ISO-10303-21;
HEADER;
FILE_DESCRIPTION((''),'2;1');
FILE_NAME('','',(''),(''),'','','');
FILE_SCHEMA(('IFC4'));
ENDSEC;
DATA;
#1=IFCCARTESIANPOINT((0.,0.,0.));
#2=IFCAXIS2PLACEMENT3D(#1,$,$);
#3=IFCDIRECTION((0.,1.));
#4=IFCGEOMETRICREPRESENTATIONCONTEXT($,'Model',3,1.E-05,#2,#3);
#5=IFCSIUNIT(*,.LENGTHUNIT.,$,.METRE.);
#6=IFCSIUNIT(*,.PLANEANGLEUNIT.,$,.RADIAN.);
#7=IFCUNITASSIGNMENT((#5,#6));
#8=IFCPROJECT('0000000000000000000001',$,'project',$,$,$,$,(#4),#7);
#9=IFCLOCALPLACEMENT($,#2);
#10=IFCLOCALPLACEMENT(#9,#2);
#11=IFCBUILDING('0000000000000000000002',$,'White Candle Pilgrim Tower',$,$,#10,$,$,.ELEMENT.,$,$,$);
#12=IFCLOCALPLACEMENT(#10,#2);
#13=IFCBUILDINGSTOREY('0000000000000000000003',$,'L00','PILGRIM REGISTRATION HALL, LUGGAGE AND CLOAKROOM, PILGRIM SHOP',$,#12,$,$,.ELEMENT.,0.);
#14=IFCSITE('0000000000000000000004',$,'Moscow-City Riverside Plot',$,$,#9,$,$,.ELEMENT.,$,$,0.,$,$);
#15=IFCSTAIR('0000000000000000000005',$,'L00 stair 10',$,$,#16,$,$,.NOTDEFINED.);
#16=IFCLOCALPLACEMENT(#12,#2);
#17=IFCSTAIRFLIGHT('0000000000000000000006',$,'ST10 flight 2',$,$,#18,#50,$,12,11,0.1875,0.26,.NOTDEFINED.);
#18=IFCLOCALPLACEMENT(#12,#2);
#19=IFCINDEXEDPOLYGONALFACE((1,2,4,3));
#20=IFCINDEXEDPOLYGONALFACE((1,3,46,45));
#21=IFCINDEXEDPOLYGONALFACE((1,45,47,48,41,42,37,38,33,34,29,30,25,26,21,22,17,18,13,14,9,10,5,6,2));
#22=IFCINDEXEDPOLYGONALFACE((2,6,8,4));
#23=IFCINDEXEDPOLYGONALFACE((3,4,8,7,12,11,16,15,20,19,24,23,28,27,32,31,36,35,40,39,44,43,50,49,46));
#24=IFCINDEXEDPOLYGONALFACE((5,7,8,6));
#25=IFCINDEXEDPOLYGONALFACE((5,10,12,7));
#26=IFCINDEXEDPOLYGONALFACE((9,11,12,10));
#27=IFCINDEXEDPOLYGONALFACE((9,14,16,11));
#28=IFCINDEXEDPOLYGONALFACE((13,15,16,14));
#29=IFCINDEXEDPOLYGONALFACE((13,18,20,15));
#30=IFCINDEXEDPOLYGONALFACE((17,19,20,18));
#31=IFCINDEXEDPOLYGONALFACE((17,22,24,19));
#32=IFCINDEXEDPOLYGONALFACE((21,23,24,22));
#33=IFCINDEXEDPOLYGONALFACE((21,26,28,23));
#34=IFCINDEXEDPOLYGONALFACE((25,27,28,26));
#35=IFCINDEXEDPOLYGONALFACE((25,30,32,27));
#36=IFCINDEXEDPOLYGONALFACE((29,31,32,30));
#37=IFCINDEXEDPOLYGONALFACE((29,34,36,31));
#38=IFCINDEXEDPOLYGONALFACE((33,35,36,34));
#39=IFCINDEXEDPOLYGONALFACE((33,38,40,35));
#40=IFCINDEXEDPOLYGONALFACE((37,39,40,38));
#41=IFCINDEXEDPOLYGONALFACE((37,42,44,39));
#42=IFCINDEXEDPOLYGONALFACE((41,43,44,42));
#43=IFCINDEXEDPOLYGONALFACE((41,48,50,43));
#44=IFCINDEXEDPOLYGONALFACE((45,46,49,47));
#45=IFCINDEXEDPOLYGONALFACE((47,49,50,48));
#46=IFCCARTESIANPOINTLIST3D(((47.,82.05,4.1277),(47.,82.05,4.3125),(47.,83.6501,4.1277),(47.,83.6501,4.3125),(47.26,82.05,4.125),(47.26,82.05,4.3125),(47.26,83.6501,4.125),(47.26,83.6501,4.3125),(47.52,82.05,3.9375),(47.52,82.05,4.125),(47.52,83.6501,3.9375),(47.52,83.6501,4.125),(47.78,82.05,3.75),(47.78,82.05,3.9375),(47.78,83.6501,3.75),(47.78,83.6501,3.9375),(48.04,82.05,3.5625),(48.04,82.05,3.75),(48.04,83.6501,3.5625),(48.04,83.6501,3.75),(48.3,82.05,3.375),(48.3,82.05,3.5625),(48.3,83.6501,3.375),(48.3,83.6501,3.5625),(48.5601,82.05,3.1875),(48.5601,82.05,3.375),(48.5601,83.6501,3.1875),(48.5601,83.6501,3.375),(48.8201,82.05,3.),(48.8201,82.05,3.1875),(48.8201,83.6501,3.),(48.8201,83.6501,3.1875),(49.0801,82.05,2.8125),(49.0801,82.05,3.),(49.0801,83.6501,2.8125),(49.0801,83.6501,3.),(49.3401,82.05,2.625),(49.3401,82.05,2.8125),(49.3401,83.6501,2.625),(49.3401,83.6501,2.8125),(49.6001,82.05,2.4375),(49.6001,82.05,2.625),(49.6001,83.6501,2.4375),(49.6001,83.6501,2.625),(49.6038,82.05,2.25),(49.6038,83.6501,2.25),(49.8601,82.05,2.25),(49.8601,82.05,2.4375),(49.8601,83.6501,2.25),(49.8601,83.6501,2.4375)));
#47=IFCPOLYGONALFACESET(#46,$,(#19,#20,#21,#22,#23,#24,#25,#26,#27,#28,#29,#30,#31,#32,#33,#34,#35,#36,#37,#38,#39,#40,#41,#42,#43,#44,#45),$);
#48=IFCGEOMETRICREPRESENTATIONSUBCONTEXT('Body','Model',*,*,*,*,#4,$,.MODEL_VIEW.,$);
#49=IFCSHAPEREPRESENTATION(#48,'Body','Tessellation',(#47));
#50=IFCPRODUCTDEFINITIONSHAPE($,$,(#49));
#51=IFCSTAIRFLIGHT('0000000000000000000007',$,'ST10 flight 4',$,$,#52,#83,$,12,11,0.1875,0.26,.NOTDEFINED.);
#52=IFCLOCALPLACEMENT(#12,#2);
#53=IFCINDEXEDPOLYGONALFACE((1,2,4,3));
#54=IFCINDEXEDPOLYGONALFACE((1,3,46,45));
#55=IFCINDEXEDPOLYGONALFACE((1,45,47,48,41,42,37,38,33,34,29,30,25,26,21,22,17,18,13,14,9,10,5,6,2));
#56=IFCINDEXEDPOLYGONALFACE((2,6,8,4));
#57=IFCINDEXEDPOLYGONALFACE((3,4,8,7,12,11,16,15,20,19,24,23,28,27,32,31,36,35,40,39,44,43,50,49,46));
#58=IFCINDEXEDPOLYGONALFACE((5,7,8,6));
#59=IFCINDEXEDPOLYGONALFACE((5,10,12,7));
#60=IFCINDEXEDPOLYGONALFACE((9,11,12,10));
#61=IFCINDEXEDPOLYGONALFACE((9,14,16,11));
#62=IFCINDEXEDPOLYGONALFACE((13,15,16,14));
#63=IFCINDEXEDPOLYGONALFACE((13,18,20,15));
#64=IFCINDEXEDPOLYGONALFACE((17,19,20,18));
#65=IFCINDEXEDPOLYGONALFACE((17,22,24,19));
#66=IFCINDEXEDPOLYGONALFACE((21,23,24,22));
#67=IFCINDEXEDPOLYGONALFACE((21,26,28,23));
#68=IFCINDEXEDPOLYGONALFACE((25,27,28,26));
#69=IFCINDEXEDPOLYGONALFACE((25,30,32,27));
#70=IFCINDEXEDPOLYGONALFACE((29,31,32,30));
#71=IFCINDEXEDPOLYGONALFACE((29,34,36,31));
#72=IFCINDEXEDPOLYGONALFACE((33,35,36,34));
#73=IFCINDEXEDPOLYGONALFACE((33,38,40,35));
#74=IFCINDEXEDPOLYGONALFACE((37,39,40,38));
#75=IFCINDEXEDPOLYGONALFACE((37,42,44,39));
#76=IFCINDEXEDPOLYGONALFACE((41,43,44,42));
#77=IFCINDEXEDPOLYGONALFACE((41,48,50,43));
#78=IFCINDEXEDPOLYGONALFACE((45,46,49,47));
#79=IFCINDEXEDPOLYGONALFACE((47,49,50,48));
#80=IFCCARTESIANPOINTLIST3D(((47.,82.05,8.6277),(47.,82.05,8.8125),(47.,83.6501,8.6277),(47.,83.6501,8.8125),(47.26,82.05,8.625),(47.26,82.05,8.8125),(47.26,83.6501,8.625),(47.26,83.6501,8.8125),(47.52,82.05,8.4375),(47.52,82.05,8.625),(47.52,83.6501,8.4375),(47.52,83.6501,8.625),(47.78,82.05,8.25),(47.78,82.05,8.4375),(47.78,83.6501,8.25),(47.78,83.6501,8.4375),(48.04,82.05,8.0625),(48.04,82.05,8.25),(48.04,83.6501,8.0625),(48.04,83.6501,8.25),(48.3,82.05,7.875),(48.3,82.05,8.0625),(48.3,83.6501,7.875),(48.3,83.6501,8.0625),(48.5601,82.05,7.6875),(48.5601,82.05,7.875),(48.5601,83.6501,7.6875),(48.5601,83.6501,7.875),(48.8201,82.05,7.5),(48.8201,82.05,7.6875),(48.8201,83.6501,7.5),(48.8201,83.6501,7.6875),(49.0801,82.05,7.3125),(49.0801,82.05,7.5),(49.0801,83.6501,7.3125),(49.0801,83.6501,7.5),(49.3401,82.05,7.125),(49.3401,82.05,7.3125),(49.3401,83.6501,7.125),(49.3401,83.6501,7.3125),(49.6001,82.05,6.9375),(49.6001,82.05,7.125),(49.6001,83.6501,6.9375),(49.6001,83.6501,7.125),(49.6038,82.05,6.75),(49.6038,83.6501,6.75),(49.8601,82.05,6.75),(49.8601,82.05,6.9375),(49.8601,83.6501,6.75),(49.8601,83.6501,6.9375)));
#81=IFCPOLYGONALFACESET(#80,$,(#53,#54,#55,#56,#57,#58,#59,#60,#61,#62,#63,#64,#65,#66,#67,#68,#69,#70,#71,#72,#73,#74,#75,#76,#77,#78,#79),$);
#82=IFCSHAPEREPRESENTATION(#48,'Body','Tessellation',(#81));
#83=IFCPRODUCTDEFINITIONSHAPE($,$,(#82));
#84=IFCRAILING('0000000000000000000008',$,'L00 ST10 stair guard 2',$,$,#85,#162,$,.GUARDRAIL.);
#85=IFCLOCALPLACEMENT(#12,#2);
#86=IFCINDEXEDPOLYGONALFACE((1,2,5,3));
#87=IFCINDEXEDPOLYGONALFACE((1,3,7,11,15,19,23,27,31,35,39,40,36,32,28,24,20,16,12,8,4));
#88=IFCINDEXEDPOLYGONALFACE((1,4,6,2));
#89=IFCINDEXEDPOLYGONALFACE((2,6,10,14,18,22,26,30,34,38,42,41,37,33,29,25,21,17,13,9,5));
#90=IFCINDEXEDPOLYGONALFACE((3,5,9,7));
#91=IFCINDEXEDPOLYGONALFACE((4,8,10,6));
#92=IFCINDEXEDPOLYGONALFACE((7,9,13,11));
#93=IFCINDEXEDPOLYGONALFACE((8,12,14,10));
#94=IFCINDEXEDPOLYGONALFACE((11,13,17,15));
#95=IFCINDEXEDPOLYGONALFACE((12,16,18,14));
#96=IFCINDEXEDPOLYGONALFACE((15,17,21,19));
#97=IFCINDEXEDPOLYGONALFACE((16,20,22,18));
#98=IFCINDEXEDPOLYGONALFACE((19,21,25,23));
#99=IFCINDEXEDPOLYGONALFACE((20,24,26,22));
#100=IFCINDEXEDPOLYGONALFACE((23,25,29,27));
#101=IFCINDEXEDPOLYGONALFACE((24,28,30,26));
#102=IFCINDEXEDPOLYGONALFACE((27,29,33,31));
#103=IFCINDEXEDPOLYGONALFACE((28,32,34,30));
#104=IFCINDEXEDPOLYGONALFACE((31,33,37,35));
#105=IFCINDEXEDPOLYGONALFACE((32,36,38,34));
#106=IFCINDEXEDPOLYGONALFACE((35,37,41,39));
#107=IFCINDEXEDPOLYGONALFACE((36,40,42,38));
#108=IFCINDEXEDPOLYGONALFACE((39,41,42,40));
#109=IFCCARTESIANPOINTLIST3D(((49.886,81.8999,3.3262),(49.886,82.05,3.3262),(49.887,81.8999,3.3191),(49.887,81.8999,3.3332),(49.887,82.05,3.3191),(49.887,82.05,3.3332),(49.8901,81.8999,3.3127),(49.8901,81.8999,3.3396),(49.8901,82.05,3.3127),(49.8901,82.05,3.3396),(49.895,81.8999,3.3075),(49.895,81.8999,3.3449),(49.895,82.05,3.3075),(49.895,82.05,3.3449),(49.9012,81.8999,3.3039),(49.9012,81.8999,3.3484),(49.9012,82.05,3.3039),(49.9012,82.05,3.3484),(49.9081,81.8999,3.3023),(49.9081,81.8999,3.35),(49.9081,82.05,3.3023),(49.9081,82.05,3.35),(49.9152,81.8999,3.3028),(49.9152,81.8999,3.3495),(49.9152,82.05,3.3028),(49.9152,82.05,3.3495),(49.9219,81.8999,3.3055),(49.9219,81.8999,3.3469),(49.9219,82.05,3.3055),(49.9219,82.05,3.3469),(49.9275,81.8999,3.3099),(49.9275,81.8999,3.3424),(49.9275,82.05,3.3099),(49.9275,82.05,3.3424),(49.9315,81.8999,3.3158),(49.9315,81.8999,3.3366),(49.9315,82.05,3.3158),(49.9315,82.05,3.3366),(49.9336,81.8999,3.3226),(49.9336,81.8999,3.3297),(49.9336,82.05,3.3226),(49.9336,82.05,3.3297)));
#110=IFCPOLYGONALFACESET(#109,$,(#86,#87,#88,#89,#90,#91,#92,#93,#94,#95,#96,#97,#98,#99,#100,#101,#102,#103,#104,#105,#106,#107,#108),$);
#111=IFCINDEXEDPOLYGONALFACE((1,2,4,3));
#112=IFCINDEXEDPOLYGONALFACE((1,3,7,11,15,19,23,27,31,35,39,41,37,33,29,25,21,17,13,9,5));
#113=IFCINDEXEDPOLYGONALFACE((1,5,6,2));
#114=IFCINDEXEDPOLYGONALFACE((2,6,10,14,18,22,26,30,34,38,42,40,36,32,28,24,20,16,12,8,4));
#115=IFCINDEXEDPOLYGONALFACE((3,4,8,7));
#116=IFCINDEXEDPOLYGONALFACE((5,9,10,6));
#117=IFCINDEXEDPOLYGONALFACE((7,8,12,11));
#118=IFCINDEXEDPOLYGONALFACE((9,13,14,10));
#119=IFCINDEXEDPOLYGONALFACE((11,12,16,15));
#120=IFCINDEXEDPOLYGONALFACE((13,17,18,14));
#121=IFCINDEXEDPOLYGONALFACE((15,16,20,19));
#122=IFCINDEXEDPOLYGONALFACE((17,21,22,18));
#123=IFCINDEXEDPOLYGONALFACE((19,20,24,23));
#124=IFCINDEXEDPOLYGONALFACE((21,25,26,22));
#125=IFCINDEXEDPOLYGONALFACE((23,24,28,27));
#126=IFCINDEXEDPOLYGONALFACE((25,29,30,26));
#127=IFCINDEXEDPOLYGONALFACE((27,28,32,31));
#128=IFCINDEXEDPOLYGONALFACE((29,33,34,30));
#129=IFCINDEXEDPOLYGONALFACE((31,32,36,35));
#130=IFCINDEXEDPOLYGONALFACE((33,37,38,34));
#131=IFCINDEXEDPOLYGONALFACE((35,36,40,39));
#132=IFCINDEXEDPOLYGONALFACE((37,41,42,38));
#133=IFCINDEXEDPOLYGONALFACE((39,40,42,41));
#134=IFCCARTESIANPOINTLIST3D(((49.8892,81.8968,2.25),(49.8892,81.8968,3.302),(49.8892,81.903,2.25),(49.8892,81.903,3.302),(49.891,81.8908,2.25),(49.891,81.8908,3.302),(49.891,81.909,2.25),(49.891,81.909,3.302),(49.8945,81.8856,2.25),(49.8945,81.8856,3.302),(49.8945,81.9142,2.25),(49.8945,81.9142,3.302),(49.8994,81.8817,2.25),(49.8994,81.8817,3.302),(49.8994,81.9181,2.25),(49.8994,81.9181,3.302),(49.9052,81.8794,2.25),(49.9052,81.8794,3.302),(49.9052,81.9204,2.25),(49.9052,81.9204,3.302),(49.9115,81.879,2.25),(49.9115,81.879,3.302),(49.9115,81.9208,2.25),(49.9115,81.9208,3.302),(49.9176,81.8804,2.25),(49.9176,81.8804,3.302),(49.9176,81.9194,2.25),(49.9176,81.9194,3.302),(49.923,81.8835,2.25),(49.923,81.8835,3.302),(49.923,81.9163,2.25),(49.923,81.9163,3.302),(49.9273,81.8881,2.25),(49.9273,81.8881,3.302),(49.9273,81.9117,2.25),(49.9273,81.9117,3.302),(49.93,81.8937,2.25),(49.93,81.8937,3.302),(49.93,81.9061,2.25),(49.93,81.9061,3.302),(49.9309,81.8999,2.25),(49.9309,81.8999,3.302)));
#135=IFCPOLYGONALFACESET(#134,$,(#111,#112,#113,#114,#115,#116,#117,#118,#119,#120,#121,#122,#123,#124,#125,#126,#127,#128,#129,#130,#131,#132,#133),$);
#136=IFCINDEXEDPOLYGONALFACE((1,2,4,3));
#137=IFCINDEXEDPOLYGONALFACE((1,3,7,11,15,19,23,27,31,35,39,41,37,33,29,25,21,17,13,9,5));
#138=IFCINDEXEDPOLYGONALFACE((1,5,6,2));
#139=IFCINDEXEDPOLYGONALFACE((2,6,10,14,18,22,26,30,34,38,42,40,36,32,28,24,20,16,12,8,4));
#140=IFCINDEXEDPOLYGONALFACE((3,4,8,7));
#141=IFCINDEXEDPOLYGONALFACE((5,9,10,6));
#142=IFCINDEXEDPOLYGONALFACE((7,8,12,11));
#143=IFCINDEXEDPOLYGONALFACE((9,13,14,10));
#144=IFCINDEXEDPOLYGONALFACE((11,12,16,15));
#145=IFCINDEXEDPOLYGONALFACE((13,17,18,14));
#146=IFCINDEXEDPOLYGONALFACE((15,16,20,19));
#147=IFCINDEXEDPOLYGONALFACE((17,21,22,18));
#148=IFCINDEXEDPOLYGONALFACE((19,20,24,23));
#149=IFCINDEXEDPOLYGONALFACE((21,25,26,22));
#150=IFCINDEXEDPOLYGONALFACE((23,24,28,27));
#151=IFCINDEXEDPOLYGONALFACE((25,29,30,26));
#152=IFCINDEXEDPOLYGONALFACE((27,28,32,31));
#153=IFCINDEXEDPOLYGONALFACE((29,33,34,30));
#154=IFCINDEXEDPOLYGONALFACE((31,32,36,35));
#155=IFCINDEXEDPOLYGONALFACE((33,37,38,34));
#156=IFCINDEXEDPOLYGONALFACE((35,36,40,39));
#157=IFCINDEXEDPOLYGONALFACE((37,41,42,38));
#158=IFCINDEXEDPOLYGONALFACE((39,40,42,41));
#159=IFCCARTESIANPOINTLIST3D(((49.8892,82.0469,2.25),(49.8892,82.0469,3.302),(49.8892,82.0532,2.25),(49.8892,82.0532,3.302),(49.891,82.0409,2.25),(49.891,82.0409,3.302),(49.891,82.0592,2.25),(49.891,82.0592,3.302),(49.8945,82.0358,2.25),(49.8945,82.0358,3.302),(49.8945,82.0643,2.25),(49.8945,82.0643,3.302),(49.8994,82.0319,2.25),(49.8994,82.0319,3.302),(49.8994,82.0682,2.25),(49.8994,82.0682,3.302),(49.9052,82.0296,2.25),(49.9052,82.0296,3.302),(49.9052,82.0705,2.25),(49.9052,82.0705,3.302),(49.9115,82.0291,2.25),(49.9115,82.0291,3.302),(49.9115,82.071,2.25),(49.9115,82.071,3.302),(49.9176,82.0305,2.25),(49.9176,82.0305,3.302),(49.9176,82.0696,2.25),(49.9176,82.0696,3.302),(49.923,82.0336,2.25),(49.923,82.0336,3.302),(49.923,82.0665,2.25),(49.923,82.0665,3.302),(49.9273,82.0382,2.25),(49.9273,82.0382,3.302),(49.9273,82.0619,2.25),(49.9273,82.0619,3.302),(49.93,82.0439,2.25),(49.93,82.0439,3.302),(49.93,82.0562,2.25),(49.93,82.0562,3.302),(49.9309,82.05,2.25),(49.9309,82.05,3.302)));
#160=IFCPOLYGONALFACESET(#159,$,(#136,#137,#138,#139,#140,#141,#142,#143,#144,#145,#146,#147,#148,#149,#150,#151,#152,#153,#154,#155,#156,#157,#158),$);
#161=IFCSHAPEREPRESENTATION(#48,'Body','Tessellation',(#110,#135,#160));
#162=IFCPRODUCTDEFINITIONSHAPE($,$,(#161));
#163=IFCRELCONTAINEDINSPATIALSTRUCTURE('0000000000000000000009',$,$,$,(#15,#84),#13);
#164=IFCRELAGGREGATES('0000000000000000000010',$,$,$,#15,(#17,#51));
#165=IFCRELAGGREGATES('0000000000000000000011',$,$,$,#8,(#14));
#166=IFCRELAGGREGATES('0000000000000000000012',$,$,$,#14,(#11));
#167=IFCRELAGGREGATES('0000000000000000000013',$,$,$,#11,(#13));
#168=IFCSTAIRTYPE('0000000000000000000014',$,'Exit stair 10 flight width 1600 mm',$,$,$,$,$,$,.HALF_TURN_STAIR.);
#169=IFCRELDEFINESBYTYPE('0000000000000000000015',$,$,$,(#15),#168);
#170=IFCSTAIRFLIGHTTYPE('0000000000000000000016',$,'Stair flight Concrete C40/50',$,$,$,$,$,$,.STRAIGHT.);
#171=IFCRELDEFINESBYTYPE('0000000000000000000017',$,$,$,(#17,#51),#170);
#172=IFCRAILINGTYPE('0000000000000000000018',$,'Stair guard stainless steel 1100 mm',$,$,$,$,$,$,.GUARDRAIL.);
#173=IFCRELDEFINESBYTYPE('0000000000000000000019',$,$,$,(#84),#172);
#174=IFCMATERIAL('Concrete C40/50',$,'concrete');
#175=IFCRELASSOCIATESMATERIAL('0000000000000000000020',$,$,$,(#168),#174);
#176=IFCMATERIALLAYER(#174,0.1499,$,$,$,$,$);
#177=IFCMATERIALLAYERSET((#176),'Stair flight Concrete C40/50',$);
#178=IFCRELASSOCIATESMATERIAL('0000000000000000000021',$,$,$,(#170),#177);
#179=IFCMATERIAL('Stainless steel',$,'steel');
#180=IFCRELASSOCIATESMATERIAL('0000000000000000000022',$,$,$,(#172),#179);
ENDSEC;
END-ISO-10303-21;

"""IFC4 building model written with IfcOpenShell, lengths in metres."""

from ifc_helpers import new_model, si_unit, direction, frame, origin, origin_2d, place, context, subcontext, project, spatial, polyline, circle, outline, extrude, material, layer, layer_set, type_object, element, aggregate, save


model = new_model("IFC4")

# Units and contexts
model_context = context("Model", 3, precision=1e-05, world=origin(), true_north=direction((0.0, 1.0)))
body_context = subcontext(model_context, "Body", "Model", "MODEL_VIEW")
ifc_project = project(units=[si_unit("LENGTHUNIT", "METRE"), si_unit("PLANEANGLEUNIT", "RADIAN")], contexts=[model_context])

# Site, building, storey
site_placement = place(None, origin())
site = spatial("IfcSite", under=ifc_project, at=site_placement, Name="Moscow-City Riverside Plot", CompositionType="ELEMENT", RefElevation=0.0)
building_placement = place(site_placement, origin())
building = spatial("IfcBuilding", under=site, at=building_placement, Name="White Candle Pilgrim Tower", CompositionType="ELEMENT")
storey_placement = place(building_placement, origin())
storey = spatial("IfcBuildingStorey", under=building, at=storey_placement, Name="L00", Description="PILGRIM REGISTRATION HALL, LUGGAGE AND CLOAKROOM, PILGRIM SHOP", CompositionType="ELEMENT", Elevation=0.0)

# Stair, stair flights
ifc_material_1 = material(Name="Concrete C40/50", Category="concrete")
stair_type = type_object("IfcStairType", Name="Exit stair 10 flight width 1600 mm", PredefinedType="HALF_TURN_STAIR", material=ifc_material_1)
stair_placement = place(storey_placement, origin())
stair = element("IfcStair", 1, at=stair_placement, inside=storey, type_object=stair_type, Name="L00 stair 10", PredefinedType="NOTDEFINED")
ifc_layer_1 = layer(ifc_material_1, 0.1499)
ifc_layer_set_1 = layer_set([ifc_layer_1], Name="Stair flight Concrete C40/50")
stair_flight_type = type_object("IfcStairFlightType", Name="Stair flight Concrete C40/50", PredefinedType="STRAIGHT", material=ifc_layer_set_1)
stair_flight_1_placement = place(storey_placement, frame((49.8601, 82.8501, 2.25), z_axis=(0.0, 0.0, 1.0), x_axis=(-1.0, 0.0, 0.0)))
stair_flight_1 = element("IfcStairFlight", 2, at=stair_flight_1_placement, type_object=stair_flight_type, Name="ST10 flight 2", NumberOfRisers=12, NumberOfTreads=11, PredefinedType="NOTDEFINED", RiserHeight=0.1875, TreadLength=0.26, context=body_context, shape_type="SweptSolid", body=[
    extrude(outline(polyline([(0.0, 0.0), (0.0, 0.1875), (0.26, 0.1875), (0.26, 0.375), (0.52, 0.375), (0.52, 0.5625), (0.78, 0.5625), (0.78, 0.75), (1.04, 0.75), (1.04, 0.9375), (1.3, 0.9375), (1.3, 1.125), (1.5601, 1.125), (1.5601, 1.3125), (1.8201, 1.3125), (1.8201, 1.5), (2.0801, 1.5), (2.0801, 1.6875), (2.3401, 1.6875), (2.3401, 1.875), (2.6001, 1.875), (2.6001, 2.0625), (2.8601, 2.0625), (2.8601, 2.25), (2.8601, 1.8777), (0.2563, 0.0), (0.0, 0.0)])), frame((0.0, 0.8, 0.0), z_axis=(0.0, -1.0, 0.0), x_axis=(1.0, 0.0, 0.0)), (0.0, 0.0, 1.0), 1.6001),
])
stair_flight_2_placement = place(storey_placement, frame((49.8601, 82.8501, 6.75), z_axis=(0.0, 0.0, 1.0), x_axis=(-1.0, 0.0, 0.0)))
stair_flight_2 = element("IfcStairFlight", 3, at=stair_flight_2_placement, type_object=stair_flight_type, Name="ST10 flight 4", NumberOfRisers=12, NumberOfTreads=11, PredefinedType="NOTDEFINED", RiserHeight=0.1875, TreadLength=0.26, context=body_context, shape_type="SweptSolid", body=[
    extrude(outline(polyline([(0.0, 0.0), (0.0, 0.1875), (0.26, 0.1875), (0.26, 0.375), (0.52, 0.375), (0.52, 0.5625), (0.78, 0.5625), (0.78, 0.75), (1.04, 0.75), (1.04, 0.9375), (1.3, 0.9375), (1.3, 1.125), (1.5601, 1.125), (1.5601, 1.3125), (1.8201, 1.3125), (1.8201, 1.5), (2.0801, 1.5), (2.0801, 1.6875), (2.3401, 1.6875), (2.3401, 1.875), (2.6001, 1.875), (2.6001, 2.0625), (2.8601, 2.0625), (2.8601, 2.25), (2.8601, 1.8777), (0.2563, 0.0), (0.0, 0.0)])), frame((0.0, 0.8, 0.0), z_axis=(0.0, -1.0, 0.0), x_axis=(1.0, 0.0, 0.0)), (0.0, 0.0, 1.0), 1.6001),
])
aggregate(stair, [stair_flight_1, stair_flight_2])

# Railing
ifc_material_2 = material(Name="Stainless steel", Category="steel")
railing_type_1 = type_object("IfcRailingType", Name="Stair guard stainless steel 1100 mm", PredefinedType="GUARDRAIL", material=ifc_material_2)
for number, where, name in (
    (4, (49.9099, 81.8999, 2.25), "L00 ST10 stair guard 2"),
):
    element("IfcRailing", number, at=place(storey_placement, frame(where)), inside=storey, type_object=railing_type_1, Name=name, PredefinedType="GUARDRAIL", context=body_context, shape_type="SweptSolid", body=[
        extrude(circle(Radius=0.0239, at=origin_2d()), frame((0.0, 0.0, 1.0762), z_axis=(0.0, 1.0, 0.0), x_axis=(-1.0, 0.0, 0.0)), (0.0, 0.0, 1.0), 0.1501),
        extrude(circle(Radius=0.021, at=origin_2d()), origin(), (0.0, 0.0, 1.0), 1.052),
        extrude(circle(Radius=0.021, at=origin_2d()), frame((0.0, 0.1501, 0.0)), (0.0, 0.0, 1.0), 1.052),
    ])

save(model, "model.ifc")
